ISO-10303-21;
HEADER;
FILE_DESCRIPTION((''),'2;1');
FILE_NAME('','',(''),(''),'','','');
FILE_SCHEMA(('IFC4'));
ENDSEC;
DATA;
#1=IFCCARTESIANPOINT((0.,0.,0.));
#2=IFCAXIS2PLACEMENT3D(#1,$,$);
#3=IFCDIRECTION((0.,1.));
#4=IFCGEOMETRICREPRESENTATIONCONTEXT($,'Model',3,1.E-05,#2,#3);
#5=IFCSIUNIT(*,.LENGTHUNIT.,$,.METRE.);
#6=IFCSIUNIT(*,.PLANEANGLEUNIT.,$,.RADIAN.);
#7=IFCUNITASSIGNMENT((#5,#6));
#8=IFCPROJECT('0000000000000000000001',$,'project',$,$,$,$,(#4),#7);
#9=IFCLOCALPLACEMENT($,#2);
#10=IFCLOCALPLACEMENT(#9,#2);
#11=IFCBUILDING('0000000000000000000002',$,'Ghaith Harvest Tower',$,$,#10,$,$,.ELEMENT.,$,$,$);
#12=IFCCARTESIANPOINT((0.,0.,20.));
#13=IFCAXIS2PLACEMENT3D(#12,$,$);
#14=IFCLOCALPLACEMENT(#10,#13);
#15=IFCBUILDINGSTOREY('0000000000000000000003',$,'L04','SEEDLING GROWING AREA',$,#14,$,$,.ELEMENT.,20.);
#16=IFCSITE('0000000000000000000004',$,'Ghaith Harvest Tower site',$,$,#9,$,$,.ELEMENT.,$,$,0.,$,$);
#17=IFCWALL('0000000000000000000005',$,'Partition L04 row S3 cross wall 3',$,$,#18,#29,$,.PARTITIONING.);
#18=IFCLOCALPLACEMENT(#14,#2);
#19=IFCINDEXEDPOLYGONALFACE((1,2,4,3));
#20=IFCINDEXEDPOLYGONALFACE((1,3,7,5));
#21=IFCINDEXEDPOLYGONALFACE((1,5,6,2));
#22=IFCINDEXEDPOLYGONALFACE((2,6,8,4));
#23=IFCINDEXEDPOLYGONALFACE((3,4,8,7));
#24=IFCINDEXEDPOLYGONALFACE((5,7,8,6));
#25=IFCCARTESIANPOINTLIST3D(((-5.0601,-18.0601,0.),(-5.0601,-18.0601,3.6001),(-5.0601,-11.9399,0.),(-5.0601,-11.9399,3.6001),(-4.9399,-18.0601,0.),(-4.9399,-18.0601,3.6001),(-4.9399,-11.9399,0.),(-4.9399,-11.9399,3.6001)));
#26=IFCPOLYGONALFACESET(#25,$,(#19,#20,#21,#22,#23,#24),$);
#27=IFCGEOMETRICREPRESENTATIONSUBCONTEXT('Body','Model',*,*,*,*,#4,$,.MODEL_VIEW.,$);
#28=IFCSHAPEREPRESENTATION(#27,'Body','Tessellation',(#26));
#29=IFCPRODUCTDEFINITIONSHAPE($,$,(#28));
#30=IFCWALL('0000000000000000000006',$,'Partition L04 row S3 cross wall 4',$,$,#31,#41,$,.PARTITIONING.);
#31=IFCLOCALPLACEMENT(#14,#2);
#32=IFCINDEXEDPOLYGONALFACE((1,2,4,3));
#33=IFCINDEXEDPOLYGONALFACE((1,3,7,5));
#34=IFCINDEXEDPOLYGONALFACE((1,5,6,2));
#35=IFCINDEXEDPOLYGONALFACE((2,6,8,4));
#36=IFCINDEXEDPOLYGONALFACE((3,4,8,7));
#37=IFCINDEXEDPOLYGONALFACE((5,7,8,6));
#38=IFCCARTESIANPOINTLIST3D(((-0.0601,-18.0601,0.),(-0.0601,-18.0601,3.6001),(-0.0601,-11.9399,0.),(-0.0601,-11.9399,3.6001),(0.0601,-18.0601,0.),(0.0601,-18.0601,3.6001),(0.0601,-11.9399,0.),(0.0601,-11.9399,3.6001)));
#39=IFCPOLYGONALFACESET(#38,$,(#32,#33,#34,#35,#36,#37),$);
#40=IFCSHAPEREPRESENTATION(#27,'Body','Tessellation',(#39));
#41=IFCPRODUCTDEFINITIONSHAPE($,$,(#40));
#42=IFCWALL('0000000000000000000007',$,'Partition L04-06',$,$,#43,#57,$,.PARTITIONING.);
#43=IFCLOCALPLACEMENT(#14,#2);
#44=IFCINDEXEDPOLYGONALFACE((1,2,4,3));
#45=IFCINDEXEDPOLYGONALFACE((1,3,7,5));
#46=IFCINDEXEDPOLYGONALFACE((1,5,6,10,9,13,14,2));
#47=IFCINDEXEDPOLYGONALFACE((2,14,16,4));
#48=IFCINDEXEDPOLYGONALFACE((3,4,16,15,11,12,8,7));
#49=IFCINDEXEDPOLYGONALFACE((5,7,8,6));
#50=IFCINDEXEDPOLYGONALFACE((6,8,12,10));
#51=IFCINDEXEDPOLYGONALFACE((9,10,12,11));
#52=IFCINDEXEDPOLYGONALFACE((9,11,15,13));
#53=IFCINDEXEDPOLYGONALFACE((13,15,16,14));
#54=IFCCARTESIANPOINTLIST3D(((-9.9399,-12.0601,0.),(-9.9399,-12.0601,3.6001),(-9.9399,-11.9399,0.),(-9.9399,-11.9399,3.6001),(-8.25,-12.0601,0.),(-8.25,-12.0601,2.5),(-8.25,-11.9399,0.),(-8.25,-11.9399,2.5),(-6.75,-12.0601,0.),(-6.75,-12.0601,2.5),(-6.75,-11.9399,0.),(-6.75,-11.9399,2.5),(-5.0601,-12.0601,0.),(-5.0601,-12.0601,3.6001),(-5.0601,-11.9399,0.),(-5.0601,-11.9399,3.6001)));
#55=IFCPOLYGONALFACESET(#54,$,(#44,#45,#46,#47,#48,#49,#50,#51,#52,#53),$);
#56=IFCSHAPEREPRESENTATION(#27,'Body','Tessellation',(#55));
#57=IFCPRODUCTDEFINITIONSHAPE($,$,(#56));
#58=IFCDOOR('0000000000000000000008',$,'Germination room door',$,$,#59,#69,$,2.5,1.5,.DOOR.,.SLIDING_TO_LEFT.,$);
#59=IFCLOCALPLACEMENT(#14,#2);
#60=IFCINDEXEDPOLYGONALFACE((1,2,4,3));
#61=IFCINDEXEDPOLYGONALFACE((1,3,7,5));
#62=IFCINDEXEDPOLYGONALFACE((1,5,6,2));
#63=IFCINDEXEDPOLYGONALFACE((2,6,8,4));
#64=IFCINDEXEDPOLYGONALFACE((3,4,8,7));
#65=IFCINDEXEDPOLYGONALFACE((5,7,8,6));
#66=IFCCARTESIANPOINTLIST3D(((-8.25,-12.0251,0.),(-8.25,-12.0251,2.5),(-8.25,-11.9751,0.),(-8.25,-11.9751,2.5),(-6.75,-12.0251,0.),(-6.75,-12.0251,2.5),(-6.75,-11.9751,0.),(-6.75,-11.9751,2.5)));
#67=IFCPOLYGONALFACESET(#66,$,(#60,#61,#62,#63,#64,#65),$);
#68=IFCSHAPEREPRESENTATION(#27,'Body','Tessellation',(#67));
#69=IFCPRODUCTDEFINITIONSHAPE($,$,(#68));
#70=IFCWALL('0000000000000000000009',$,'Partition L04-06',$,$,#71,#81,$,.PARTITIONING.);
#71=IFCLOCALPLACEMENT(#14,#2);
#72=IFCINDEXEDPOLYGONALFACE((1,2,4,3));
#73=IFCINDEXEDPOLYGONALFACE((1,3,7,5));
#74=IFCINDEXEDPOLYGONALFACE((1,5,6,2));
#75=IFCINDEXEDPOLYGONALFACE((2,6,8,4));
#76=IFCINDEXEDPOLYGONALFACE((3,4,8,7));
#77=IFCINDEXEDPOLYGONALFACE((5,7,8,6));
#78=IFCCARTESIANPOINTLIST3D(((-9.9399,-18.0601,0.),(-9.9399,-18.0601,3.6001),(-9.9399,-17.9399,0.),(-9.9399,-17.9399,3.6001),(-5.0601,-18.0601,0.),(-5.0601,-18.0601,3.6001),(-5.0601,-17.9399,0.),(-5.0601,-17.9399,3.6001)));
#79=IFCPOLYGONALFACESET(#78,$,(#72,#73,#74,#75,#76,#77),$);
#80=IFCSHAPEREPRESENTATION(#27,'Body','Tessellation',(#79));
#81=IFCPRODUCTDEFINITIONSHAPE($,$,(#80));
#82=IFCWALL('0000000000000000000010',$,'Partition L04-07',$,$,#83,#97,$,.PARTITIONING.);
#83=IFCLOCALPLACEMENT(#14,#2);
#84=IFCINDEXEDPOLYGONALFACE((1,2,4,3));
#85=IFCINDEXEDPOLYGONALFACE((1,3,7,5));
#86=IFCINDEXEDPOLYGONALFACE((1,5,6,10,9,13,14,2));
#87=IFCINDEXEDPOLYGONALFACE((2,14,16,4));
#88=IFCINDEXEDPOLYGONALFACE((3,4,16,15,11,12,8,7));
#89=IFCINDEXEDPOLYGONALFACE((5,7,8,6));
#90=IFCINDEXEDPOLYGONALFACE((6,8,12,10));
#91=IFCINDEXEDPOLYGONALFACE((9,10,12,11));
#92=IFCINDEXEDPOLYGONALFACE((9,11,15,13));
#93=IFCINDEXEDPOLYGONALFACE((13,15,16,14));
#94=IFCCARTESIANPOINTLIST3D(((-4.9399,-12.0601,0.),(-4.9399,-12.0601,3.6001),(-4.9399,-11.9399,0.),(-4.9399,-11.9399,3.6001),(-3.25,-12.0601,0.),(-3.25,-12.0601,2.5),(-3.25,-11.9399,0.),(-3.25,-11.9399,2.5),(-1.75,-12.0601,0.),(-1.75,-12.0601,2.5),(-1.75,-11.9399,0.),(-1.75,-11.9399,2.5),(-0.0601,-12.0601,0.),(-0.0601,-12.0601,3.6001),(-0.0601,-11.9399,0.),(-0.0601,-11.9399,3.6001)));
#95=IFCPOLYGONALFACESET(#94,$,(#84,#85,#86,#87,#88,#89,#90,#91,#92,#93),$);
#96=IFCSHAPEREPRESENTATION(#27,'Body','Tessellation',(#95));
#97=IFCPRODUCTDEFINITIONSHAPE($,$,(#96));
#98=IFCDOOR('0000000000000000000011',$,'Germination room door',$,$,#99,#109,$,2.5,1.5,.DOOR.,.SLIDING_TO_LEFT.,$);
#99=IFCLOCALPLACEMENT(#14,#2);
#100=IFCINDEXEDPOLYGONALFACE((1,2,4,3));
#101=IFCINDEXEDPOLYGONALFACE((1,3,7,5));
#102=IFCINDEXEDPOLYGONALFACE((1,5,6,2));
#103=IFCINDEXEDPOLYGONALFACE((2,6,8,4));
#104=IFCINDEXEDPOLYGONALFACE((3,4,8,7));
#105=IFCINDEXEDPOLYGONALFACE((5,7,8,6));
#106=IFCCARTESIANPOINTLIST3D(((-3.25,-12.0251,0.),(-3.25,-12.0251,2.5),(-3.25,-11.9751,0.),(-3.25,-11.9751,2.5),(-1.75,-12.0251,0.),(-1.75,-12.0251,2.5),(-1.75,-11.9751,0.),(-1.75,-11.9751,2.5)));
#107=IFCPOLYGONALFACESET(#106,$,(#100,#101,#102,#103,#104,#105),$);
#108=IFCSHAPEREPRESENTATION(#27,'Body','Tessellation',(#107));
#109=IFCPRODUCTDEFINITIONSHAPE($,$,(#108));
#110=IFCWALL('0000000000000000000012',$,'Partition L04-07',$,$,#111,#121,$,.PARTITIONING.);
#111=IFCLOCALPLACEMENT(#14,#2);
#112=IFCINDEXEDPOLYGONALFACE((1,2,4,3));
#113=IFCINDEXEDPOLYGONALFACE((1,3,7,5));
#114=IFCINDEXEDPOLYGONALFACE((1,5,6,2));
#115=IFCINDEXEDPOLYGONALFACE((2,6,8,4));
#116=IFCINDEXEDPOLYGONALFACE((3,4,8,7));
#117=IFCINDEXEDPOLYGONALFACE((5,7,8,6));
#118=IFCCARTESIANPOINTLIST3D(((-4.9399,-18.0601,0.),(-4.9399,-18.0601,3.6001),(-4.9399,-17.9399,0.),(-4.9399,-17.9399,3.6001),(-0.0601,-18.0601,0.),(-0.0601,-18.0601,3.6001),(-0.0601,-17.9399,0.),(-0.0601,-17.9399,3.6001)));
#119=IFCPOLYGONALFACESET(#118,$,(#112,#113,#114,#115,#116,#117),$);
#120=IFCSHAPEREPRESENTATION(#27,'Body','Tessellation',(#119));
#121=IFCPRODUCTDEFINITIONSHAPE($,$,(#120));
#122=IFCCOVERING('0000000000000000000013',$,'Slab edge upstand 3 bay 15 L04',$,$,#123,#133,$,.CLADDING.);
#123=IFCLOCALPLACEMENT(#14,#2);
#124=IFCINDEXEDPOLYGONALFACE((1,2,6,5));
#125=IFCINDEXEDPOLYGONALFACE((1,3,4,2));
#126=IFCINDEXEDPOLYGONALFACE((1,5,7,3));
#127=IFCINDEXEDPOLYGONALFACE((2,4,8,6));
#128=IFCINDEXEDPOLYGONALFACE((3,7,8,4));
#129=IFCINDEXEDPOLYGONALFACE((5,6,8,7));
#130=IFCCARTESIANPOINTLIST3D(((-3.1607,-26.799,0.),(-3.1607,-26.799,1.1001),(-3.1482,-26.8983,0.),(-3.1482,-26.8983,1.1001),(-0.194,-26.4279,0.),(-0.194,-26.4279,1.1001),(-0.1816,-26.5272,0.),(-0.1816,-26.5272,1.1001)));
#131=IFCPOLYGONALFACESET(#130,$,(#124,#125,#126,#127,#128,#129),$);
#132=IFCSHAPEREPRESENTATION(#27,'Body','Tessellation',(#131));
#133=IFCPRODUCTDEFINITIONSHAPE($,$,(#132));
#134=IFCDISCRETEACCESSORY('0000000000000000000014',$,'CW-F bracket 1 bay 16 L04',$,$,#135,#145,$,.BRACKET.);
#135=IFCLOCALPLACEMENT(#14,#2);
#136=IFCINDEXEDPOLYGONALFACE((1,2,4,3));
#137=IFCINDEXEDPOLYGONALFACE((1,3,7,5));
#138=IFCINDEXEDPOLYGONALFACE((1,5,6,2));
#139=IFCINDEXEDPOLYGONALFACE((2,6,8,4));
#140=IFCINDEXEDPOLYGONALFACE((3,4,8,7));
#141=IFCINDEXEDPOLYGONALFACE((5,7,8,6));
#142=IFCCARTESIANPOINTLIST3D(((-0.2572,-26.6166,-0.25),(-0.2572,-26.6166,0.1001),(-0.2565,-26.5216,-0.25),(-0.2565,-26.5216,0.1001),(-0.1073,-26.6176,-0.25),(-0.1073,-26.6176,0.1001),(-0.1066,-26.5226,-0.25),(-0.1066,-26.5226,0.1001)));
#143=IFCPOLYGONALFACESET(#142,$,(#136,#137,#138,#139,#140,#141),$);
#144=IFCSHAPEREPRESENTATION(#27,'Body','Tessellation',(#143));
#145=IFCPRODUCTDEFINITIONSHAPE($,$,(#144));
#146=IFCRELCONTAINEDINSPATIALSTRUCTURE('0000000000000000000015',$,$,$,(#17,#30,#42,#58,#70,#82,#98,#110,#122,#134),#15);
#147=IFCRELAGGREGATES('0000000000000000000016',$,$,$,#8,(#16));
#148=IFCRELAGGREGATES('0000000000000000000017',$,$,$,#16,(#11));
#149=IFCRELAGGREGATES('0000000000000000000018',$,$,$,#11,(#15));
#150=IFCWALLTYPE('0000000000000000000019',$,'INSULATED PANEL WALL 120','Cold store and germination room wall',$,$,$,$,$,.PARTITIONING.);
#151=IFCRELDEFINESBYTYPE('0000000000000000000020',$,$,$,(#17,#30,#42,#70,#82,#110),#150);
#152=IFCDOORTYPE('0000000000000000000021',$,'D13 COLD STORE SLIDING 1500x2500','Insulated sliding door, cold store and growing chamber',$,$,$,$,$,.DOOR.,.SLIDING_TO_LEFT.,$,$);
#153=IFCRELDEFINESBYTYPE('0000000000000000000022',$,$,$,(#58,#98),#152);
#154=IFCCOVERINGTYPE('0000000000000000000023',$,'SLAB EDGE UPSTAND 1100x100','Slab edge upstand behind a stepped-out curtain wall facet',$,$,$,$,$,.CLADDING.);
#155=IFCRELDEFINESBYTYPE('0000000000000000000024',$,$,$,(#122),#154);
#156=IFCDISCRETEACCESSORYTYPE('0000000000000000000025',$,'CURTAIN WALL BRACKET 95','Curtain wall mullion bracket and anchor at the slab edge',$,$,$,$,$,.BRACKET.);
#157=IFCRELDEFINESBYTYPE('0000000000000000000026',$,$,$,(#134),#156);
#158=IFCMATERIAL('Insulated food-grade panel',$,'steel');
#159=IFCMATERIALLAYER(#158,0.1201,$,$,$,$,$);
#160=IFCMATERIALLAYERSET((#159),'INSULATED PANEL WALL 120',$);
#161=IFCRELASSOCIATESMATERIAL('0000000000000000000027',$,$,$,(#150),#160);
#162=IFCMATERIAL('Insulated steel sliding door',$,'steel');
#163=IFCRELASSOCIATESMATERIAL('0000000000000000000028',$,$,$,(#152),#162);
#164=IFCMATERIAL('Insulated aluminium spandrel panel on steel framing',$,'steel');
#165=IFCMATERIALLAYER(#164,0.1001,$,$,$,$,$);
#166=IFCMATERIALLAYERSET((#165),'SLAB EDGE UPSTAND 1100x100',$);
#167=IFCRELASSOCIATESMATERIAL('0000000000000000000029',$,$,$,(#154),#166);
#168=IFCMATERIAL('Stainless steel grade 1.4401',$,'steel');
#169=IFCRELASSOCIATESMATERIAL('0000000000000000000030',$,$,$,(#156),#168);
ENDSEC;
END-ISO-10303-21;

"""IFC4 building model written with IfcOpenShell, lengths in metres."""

from ifc_helpers import new_model, si_unit, direction, frame, frame_2d, origin, origin_2d, place, context, subcontext, project, spatial, rectangle, extrude, material, layer, layer_set, type_object, element, fill, save


model = new_model("IFC4")

# Units and contexts
model_context = context("Model", 3, precision=1e-05, world=origin(), true_north=direction((0.0, 1.0)))
body_context = subcontext(model_context, "Body", "Model", "MODEL_VIEW")
ifc_project = project(units=[si_unit("LENGTHUNIT", "METRE"), si_unit("PLANEANGLEUNIT", "RADIAN")], contexts=[model_context])

# Site, building, storey
site_placement = place(None, origin())
site = spatial("IfcSite", under=ifc_project, at=site_placement, Name="Ghaith Harvest Tower site", CompositionType="ELEMENT", RefElevation=0.0)
building_placement = place(site_placement, origin())
building = spatial("IfcBuilding", under=site, at=building_placement, Name="Ghaith Harvest Tower", CompositionType="ELEMENT")
storey_placement = place(building_placement, frame((0.0, 0.0, 20.0)))
storey = spatial("IfcBuildingStorey", under=building, at=storey_placement, Name="L04", Description="SEEDLING GROWING AREA", CompositionType="ELEMENT", Elevation=20.0)

# Walls
ifc_material_1 = material(Name="Insulated food-grade panel", Category="steel")
ifc_layer_1 = layer(ifc_material_1, 0.1201)
ifc_layer_set_1 = layer_set([ifc_layer_1], Name="INSULATED PANEL WALL 120")
wall_type = type_object("IfcWallType", Name="INSULATED PANEL WALL 120", Description="Cold store and germination room wall", PredefinedType="PARTITIONING", material=ifc_layer_set_1)
for number, where, z_axis, x_axis, name in (
    (1, (-5.0, -11.9399, 0.0), (0.0, 0.0, 1.0), (0.0, -1.0, 0.0), "Partition L04 row S3 cross wall 3"),
    (2, (0.0, -11.9399, 0.0), (0.0, 0.0, 1.0), (0.0, -1.0, 0.0), "Partition L04 row S3 cross wall 4"),
):
    element("IfcWall", number, at=place(storey_placement, frame(where, z_axis=z_axis, x_axis=x_axis)), inside=storey, type_object=wall_type, Name=name, PredefinedType="PARTITIONING", context=body_context, shape_type="SweptSolid", body=[
        extrude(rectangle(XDim=6.1201, YDim=0.1201, at=frame_2d((3.0601, 0.0))), origin(), (0.0, 0.0, 1.0), 3.6001),
    ])

# Wall, opening, door
wall_1_placement = place(storey_placement, frame((-9.9399, -12.0, 0.0), z_axis=(0.0, 0.0, 1.0), x_axis=(1.0, 0.0, 0.0)))
wall_1 = element("IfcWall", 3, at=wall_1_placement, inside=storey, type_object=wall_type, Name="Partition L04-06", PredefinedType="PARTITIONING", context=body_context, shape_type="SweptSolid", body=[
    extrude(rectangle(XDim=4.8799, YDim=0.1201, at=frame_2d((2.4399, 0.0))), origin(), (0.0, 0.0, 1.0), 3.6001),
])
opening_1_placement = place(wall_1_placement, frame((1.6899, 0.0, 0.0)))
opening_1 = element("IfcOpeningElement", 4, at=opening_1_placement, cuts=wall_1, PredefinedType="OPENING", context=body_context, shape_type="SweptSolid", body=[
    extrude(rectangle(XDim=1.5, YDim=2.5, at=frame_2d((0.75, 1.25))), frame((0.0, 0.0701, 0.0), z_axis=(0.0, -1.0, 0.0), x_axis=(1.0, 0.0, 0.0)), (0.0, 0.0, 1.0), 0.1401),
])
ifc_material_2 = material(Name="Insulated steel sliding door", Category="steel")
door_type = type_object("IfcDoorType", Name="D13 COLD STORE SLIDING 1500x2500", Description="Insulated sliding door, cold store and growing chamber", OperationType="SLIDING_TO_LEFT", PredefinedType="DOOR", material=ifc_material_2)
door_1_placement = place(opening_1_placement, origin())
door_1 = element("IfcDoor", 5, at=door_1_placement, inside=storey, type_object=door_type, Name="Germination room door", OperationType="SLIDING_TO_LEFT", OverallHeight=2.5, OverallWidth=1.5, PredefinedType="DOOR", context=body_context, shape_type="SweptSolid", body=[
    extrude(rectangle(XDim=1.5, YDim=2.5, at=frame_2d((0.75, 1.25))), frame((0.0, 0.0249, 0.0), z_axis=(0.0, -1.0, 0.0), x_axis=(1.0, 0.0, 0.0)), (0.0, 0.0, 1.0), 0.05),
])
fill(opening_1, door_1)

# Wall
wall_2_placement = place(storey_placement, frame((-9.9399, -18.0, 0.0), z_axis=(0.0, 0.0, 1.0), x_axis=(1.0, 0.0, 0.0)))
element("IfcWall", 6, at=wall_2_placement, inside=storey, type_object=wall_type, Name="Partition L04-06", PredefinedType="PARTITIONING", context=body_context, shape_type="SweptSolid", body=[
    extrude(rectangle(XDim=4.8799, YDim=0.1201, at=frame_2d((2.4399, 0.0))), origin(), (0.0, 0.0, 1.0), 3.6001),
])

# Wall, opening, door
wall_3_placement = place(storey_placement, frame((-4.9399, -12.0, 0.0), z_axis=(0.0, 0.0, 1.0), x_axis=(1.0, 0.0, 0.0)))
wall_3 = element("IfcWall", 7, at=wall_3_placement, inside=storey, type_object=wall_type, Name="Partition L04-07", PredefinedType="PARTITIONING", context=body_context, shape_type="SweptSolid", body=[
    extrude(rectangle(XDim=4.8799, YDim=0.1201, at=frame_2d((2.4399, 0.0))), origin(), (0.0, 0.0, 1.0), 3.6001),
])
opening_2_placement = place(wall_3_placement, frame((1.6899, 0.0, 0.0)))
opening_2 = element("IfcOpeningElement", 8, at=opening_2_placement, cuts=wall_3, PredefinedType="OPENING", context=body_context, shape_type="SweptSolid", body=[
    extrude(rectangle(XDim=1.5, YDim=2.5, at=frame_2d((0.75, 1.25))), frame((0.0, 0.0701, 0.0), z_axis=(0.0, -1.0, 0.0), x_axis=(1.0, 0.0, 0.0)), (0.0, 0.0, 1.0), 0.1401),
])
door_2_placement = place(opening_2_placement, origin())
door_2 = element("IfcDoor", 9, at=door_2_placement, inside=storey, type_object=door_type, Name="Germination room door", OperationType="SLIDING_TO_LEFT", OverallHeight=2.5, OverallWidth=1.5, PredefinedType="DOOR", context=body_context, shape_type="SweptSolid", body=[
    extrude(rectangle(XDim=1.5, YDim=2.5, at=frame_2d((0.75, 1.25))), frame((0.0, 0.0249, 0.0), z_axis=(0.0, -1.0, 0.0), x_axis=(1.0, 0.0, 0.0)), (0.0, 0.0, 1.0), 0.05),
])
fill(opening_2, door_2)

# Wall
wall_4_placement = place(storey_placement, frame((-4.9399, -18.0, 0.0), z_axis=(0.0, 0.0, 1.0), x_axis=(1.0, 0.0, 0.0)))
element("IfcWall", 10, at=wall_4_placement, inside=storey, type_object=wall_type, Name="Partition L04-07", PredefinedType="PARTITIONING", context=body_context, shape_type="SweptSolid", body=[
    extrude(rectangle(XDim=4.8799, YDim=0.1201, at=frame_2d((2.4399, 0.0))), origin(), (0.0, 0.0, 1.0), 3.6001),
])

# Covering
ifc_material_3 = material(Name="Insulated aluminium spandrel panel on steel framing", Category="steel")
ifc_layer_2 = layer(ifc_material_3, 0.1001)
ifc_layer_set_2 = layer_set([ifc_layer_2], Name="SLAB EDGE UPSTAND 1100x100")
covering_type = type_object("IfcCoveringType", Name="SLAB EDGE UPSTAND 1100x100", Description="Slab edge upstand behind a stepped-out curtain wall facet", PredefinedType="CLADDING", material=ifc_layer_set_2)
covering_placement = place(storey_placement, frame((-1.6711, -26.6631, 0.0), z_axis=(0.0, 0.0, 1.0), x_axis=(0.992265, 0.124139, 0.0)))
element("IfcCovering", 11, at=covering_placement, inside=storey, type_object=covering_type, Name="Slab edge upstand 3 bay 15 L04", PredefinedType="CLADDING", context=body_context, shape_type="SweptSolid", body=[
    extrude(rectangle(XDim=2.9897, YDim=0.1001, at=origin_2d()), origin(), (0.0, 0.0, 1.0), 1.1001),
])

# Discrete accessory
ifc_material_4 = material(Name="Stainless steel grade 1.4401", Category="steel")
discrete_accessory_type = type_object("IfcDiscreteAccessoryType", Name="CURTAIN WALL BRACKET 95", Description="Curtain wall mullion bracket and anchor at the slab edge", PredefinedType="BRACKET", material=ifc_material_4)
discrete_accessory_placement = place(storey_placement, frame((-0.1819, -26.5696, -0.25), z_axis=(0.0, 0.0, 1.0), x_axis=(-0.006844, -0.999977, 0.0)))
element("IfcDiscreteAccessory", 12, at=discrete_accessory_placement, inside=storey, type_object=discrete_accessory_type, Name="CW-F bracket 1 bay 16 L04", PredefinedType="BRACKET", context=body_context, shape_type="SweptSolid", body=[
    extrude(rectangle(XDim=0.095, YDim=0.1499, at=origin_2d()), origin(), (0.0, 0.0, 1.0), 0.3501),
])

save(model, "model.ifc")
